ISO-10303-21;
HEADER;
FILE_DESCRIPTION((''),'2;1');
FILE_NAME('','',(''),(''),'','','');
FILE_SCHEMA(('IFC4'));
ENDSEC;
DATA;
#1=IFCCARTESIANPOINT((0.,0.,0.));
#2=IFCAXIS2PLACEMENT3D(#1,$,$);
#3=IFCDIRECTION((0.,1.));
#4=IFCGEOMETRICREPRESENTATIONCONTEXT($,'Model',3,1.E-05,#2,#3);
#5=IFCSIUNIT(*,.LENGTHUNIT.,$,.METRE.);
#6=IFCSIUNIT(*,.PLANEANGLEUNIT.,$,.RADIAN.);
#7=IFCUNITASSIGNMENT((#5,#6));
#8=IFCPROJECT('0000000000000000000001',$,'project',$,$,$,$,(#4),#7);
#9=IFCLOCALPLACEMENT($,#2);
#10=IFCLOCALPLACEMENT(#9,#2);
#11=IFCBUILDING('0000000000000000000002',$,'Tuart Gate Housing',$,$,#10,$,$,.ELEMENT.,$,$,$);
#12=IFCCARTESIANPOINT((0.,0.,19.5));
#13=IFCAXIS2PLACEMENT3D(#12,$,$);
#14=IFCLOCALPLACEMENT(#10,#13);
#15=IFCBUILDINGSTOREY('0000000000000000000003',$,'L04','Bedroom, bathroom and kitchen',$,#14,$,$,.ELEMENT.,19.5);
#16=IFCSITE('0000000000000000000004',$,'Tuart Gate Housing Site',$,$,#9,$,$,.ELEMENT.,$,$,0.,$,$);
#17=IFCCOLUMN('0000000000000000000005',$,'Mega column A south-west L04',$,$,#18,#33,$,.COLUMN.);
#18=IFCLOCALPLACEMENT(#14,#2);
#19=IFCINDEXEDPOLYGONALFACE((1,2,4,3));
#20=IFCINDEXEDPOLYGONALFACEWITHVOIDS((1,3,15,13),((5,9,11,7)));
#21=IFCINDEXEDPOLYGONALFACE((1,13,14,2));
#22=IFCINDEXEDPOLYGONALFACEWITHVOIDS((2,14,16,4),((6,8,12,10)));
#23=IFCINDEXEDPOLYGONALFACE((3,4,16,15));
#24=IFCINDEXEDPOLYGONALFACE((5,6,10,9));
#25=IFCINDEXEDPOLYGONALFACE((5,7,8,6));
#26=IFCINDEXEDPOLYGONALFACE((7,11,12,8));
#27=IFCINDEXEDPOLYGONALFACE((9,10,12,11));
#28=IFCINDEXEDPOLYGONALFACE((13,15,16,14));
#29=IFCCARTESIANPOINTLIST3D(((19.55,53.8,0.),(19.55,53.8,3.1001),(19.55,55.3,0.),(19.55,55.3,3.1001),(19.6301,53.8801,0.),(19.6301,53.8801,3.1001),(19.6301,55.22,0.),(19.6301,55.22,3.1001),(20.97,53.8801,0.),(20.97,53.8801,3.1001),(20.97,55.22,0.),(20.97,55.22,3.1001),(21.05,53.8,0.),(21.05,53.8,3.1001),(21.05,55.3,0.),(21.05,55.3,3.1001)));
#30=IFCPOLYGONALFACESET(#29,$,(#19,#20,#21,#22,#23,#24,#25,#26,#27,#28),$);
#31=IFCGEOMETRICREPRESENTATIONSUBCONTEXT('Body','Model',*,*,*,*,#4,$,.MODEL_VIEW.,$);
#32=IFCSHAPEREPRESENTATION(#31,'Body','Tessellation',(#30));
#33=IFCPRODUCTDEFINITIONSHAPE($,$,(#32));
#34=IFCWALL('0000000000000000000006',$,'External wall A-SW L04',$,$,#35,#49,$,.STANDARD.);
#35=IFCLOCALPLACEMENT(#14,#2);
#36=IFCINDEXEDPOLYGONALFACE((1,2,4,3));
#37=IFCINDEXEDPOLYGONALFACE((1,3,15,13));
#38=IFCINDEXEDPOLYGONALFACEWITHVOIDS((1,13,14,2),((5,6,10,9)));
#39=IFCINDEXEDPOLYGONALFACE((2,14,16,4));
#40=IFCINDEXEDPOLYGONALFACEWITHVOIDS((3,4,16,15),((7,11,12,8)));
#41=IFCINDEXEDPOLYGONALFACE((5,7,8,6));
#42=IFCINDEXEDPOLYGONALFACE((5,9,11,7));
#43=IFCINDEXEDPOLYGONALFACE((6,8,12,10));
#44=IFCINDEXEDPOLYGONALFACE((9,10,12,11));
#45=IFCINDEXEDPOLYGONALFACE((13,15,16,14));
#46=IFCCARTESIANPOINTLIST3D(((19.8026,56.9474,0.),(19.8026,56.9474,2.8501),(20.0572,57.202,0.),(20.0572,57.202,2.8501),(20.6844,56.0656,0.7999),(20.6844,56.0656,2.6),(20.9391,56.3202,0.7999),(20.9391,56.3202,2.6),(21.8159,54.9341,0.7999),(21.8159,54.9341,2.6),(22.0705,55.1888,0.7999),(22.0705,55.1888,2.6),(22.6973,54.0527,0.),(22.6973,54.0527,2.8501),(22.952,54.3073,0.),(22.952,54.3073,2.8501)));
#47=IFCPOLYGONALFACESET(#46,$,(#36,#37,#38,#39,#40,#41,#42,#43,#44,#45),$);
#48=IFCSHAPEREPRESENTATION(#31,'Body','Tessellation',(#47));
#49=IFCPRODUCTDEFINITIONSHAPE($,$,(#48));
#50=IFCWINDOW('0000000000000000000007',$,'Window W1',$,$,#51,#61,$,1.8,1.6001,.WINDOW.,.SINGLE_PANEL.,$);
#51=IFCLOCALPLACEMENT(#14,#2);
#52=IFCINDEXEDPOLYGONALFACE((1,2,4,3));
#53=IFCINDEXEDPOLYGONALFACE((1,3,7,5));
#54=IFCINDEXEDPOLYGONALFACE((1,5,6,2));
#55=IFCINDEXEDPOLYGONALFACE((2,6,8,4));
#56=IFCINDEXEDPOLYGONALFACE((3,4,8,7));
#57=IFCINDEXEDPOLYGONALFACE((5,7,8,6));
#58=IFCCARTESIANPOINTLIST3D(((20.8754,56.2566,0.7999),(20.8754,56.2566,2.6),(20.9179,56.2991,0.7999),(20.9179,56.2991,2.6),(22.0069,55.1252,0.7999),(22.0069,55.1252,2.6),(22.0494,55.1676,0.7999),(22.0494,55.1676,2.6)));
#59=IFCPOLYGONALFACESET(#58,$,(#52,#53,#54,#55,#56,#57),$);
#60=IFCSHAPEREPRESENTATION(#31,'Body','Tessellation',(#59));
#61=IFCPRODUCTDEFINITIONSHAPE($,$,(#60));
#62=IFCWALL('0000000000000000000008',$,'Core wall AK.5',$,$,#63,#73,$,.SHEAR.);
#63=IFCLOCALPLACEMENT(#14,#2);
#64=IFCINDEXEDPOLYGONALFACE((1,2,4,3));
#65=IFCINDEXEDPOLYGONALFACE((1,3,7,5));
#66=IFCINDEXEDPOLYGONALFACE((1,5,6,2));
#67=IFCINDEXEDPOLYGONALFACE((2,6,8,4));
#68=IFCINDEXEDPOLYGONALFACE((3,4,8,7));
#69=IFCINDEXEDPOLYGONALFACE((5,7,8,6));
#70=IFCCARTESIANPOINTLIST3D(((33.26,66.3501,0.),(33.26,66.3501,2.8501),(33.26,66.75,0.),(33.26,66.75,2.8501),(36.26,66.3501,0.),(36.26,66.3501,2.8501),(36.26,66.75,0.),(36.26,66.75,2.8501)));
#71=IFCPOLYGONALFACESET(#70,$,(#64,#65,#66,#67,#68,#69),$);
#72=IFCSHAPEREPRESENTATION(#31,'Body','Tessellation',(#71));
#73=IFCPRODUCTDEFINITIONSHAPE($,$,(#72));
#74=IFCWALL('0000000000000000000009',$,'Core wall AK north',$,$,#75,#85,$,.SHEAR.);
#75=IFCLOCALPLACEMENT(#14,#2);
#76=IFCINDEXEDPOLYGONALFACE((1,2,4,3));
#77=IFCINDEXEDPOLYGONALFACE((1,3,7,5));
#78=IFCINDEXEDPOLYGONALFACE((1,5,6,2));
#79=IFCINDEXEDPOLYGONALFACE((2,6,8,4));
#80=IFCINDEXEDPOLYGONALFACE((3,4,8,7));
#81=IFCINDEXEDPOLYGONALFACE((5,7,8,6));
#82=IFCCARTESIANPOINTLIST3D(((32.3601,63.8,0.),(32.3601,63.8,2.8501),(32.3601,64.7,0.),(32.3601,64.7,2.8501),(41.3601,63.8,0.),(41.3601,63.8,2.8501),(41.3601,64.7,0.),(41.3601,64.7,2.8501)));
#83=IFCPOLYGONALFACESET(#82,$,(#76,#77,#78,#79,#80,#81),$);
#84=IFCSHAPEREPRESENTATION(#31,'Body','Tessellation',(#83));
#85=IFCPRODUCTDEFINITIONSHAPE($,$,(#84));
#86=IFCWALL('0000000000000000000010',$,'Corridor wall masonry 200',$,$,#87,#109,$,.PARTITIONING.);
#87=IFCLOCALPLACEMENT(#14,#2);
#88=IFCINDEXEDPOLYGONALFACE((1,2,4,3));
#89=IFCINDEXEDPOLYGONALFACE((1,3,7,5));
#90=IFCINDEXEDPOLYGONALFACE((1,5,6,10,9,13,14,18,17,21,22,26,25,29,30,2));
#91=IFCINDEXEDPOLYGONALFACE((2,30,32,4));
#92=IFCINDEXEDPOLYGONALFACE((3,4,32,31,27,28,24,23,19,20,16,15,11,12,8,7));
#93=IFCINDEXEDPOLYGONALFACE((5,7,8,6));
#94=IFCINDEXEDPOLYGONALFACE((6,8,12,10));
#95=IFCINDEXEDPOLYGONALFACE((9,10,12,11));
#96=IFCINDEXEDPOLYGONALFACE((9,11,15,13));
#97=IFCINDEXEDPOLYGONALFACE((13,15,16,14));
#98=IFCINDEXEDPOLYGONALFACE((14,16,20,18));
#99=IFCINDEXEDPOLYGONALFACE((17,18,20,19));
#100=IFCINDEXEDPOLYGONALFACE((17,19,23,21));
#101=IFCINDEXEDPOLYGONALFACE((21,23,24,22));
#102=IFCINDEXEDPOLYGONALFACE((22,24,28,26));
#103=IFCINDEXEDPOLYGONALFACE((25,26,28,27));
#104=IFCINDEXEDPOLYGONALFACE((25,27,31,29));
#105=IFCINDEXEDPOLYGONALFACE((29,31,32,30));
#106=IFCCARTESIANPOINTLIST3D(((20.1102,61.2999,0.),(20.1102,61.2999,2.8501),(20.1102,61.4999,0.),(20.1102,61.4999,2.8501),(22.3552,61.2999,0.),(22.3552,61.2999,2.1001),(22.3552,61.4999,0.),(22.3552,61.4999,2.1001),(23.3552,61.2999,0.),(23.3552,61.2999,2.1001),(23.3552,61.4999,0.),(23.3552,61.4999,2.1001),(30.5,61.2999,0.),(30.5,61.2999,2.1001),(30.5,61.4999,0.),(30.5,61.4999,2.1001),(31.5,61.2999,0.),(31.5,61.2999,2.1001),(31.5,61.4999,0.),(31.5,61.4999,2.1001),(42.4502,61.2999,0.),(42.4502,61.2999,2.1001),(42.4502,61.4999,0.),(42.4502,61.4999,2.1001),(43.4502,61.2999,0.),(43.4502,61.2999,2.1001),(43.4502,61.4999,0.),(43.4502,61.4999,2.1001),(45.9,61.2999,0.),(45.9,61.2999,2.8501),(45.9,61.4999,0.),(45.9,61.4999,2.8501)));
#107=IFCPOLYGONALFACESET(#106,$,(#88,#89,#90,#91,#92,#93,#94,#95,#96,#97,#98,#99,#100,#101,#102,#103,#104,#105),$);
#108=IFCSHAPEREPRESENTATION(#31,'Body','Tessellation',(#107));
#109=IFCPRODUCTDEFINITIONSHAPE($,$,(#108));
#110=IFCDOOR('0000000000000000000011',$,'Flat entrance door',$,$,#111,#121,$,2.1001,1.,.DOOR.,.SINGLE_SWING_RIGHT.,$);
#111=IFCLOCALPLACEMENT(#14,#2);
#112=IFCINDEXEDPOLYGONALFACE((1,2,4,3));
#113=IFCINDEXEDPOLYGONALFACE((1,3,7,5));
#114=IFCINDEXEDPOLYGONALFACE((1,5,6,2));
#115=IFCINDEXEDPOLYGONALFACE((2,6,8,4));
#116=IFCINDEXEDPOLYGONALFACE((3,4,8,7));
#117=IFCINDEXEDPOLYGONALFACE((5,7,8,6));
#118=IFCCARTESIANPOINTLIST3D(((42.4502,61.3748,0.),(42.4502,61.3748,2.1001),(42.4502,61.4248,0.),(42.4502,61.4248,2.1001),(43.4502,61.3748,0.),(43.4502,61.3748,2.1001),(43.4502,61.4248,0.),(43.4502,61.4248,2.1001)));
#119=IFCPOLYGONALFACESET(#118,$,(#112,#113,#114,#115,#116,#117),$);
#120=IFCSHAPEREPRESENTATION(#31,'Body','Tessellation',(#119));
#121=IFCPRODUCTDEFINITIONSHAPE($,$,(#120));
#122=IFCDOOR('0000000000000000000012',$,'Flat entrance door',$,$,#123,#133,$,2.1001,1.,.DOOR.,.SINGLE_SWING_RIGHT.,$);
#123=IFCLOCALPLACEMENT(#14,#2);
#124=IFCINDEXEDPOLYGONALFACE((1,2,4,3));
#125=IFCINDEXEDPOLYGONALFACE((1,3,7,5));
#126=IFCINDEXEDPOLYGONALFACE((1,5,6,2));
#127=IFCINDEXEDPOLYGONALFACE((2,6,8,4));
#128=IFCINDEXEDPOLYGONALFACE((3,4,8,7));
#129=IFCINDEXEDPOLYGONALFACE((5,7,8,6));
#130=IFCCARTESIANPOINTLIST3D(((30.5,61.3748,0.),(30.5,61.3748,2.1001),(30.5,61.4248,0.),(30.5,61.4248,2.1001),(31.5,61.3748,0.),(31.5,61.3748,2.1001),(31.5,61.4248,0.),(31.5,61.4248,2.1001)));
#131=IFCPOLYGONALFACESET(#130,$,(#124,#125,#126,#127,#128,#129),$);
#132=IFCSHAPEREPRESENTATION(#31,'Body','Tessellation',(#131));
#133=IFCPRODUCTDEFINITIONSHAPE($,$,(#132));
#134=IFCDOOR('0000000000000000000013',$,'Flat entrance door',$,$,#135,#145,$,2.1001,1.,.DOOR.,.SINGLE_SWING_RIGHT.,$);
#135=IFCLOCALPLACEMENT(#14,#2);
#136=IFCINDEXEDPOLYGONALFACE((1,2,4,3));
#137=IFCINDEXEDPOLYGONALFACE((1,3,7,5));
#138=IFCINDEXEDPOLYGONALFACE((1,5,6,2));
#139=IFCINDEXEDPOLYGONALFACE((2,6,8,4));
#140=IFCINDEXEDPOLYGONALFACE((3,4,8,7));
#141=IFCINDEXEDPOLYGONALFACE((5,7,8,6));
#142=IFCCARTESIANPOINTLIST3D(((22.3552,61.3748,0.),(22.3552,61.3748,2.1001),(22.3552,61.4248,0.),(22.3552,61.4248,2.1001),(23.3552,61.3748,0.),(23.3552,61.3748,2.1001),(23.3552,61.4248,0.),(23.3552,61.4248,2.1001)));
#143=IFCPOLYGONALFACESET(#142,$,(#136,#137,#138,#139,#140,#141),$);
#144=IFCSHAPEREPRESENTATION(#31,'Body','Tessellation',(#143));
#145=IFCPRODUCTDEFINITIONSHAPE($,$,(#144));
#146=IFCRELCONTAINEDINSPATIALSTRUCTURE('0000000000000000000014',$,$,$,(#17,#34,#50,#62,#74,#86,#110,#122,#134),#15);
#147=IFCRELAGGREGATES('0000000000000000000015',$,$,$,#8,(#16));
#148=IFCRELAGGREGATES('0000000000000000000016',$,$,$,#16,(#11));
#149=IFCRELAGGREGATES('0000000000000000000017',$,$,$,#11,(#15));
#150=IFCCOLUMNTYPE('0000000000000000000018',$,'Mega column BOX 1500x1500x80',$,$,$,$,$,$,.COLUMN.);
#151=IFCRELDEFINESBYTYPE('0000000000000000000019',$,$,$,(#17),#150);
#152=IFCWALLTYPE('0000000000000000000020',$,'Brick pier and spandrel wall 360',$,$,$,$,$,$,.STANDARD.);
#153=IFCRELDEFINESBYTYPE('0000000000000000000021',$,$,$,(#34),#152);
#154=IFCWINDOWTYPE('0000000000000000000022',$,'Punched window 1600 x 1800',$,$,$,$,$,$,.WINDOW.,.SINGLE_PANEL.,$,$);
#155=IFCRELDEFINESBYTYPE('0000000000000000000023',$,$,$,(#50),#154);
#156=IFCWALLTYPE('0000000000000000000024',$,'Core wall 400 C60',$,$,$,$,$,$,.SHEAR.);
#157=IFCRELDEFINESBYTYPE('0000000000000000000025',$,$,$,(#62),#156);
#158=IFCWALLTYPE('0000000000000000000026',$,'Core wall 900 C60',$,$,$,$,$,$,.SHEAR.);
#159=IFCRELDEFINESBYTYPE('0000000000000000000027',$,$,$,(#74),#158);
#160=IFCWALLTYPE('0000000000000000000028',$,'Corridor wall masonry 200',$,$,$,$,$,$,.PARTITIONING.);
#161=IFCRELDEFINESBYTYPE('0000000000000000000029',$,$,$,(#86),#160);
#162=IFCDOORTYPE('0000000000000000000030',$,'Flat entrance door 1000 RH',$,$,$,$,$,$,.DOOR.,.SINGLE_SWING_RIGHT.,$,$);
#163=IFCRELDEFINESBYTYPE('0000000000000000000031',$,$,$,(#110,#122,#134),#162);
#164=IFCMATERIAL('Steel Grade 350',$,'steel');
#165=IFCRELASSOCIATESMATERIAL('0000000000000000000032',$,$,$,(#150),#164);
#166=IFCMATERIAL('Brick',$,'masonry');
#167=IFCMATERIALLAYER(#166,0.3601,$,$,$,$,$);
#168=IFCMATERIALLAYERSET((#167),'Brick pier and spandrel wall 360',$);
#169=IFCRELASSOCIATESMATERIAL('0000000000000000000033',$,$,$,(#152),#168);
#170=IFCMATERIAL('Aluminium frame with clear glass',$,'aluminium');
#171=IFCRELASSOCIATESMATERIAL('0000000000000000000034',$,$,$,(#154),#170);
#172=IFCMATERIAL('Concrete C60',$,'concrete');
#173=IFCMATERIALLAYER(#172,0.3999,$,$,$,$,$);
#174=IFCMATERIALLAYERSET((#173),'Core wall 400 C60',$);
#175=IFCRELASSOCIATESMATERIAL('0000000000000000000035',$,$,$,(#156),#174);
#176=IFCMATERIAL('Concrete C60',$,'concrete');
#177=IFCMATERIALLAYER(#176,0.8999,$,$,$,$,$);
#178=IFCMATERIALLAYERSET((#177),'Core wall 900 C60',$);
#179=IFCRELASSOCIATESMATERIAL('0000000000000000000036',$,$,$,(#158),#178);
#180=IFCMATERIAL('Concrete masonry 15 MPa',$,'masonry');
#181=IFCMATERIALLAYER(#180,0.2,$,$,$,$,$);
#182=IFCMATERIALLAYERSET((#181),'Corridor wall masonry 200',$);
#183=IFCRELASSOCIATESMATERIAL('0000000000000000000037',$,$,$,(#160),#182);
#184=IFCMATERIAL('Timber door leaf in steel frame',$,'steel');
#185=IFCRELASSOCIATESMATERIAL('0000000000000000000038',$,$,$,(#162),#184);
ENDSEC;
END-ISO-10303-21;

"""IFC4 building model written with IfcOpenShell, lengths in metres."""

from ifc_helpers import new_model, si_unit, direction, frame, frame_2d, origin, origin_2d, place, context, subcontext, project, spatial, rectangle, hollow_rectangle, extrude, material, layer, layer_set, material_profile, profile_set, type_object, element, fill, save


model = new_model("IFC4")

# Units and contexts
model_context = context("Model", 3, precision=1e-05, world=origin(), true_north=direction((0.0, 1.0)))
body_context = subcontext(model_context, "Body", "Model", "MODEL_VIEW")
ifc_project = project(units=[si_unit("LENGTHUNIT", "METRE"), si_unit("PLANEANGLEUNIT", "RADIAN")], contexts=[model_context])

# Site, building, storey
site_placement = place(None, origin())
site = spatial("IfcSite", under=ifc_project, at=site_placement, Name="Tuart Gate Housing Site", CompositionType="ELEMENT", RefElevation=0.0)
building_placement = place(site_placement, origin())
building = spatial("IfcBuilding", under=site, at=building_placement, Name="Tuart Gate Housing", CompositionType="ELEMENT")
storey_placement = place(building_placement, frame((0.0, 0.0, 19.5)))
storey = spatial("IfcBuildingStorey", under=building, at=storey_placement, Name="L04", Description="Bedroom, bathroom and kitchen", CompositionType="ELEMENT", Elevation=19.5)

# Column
ifc_material_1 = material(Name="Steel Grade 350", Category="steel")
ifc_material_profile = material_profile(ifc_material_1, hollow_rectangle(XDim=1.5, YDim=1.5, WallThickness=0.0801, at=origin_2d()), Name="BOX 1500x1500x80")
ifc_profile_set = profile_set([ifc_material_profile], Name="Steel Grade 350")
column_type = type_object("IfcColumnType", Name="Mega column BOX 1500x1500x80", PredefinedType="COLUMN", material=ifc_profile_set)
column_placement = place(storey_placement, frame((20.3, 54.55, 0.0), z_axis=(0.0, 0.0, 1.0), x_axis=(1.0, 0.0, 0.0)))
element("IfcColumn", 1, at=column_placement, inside=storey, type_object=column_type, Name="Mega column A south-west L04", PredefinedType="COLUMN", context=body_context, shape_type="SweptSolid", body=[
    extrude(hollow_rectangle(XDim=1.5, YDim=1.5, WallThickness=0.0801, at=origin_2d()), origin(), (0.0, 0.0, 1.0), 3.1001),
])

# Wall, opening, window
ifc_material_2 = material(Name="Brick", Category="masonry")
ifc_layer_1 = layer(ifc_material_2, 0.3601)
ifc_layer_set_1 = layer_set([ifc_layer_1], Name="Brick pier and spandrel wall 360")
wall_type_1 = type_object("IfcWallType", Name="Brick pier and spandrel wall 360", PredefinedType="STANDARD", material=ifc_layer_set_1)
wall_1_placement = place(storey_placement, frame((19.9299, 57.0747, 0.0), z_axis=(0.0, 0.0, 1.0), x_axis=(0.707107, -0.707107, 0.0)))
wall_1 = element("IfcWall", 2, at=wall_1_placement, inside=storey, type_object=wall_type_1, Name="External wall A-SW L04", PredefinedType="STANDARD", context=body_context, shape_type="SweptSolid", body=[
    extrude(rectangle(XDim=4.0938, YDim=0.3601, at=frame_2d((2.0469, 0.0))), origin(), (0.0, 0.0, 1.0), 2.8501),
])
opening_1_placement = place(wall_1_placement, frame((1.2471, 0.0, 0.8)))
opening_1 = element("IfcOpeningElement", 3, at=opening_1_placement, cuts=wall_1, PredefinedType="OPENING", context=body_context, shape_type="SweptSolid", body=[
    extrude(rectangle(XDim=1.6001, YDim=1.8, at=frame_2d((0.8, 0.8999))), frame((0.0, 0.1899, 0.0), z_axis=(0.0, -1.0, 0.0), x_axis=(1.0, 0.0, 0.0)), (0.0, 0.0, 1.0), 0.3801),
])
ifc_material_3 = material(Name="Aluminium frame with clear glass", Category="aluminium")
window_type = type_object("IfcWindowType", Name="Punched window 1600 x 1800", PartitioningType="SINGLE_PANEL", PredefinedType="WINDOW", material=ifc_material_3)
window_placement = place(opening_1_placement, origin())
window = element("IfcWindow", 4, at=window_placement, inside=storey, type_object=window_type, Name="Window W1", OverallHeight=1.8, OverallWidth=1.6001, PartitioningType="SINGLE_PANEL", PredefinedType="WINDOW", context=body_context, shape_type="SweptSolid", body=[
    extrude(rectangle(XDim=1.6001, YDim=1.8, at=frame_2d((0.8, 0.8999))), frame((0.0, 0.1501, 0.0), z_axis=(0.0, -1.0, 0.0), x_axis=(1.0, 0.0, 0.0)), (0.0, 0.0, 1.0), 0.0601),
])
fill(opening_1, window)

# Walls
ifc_material_4 = material(Name="Concrete C60", Category="concrete")
ifc_layer_2 = layer(ifc_material_4, 0.3999)
ifc_layer_set_2 = layer_set([ifc_layer_2], Name="Core wall 400 C60")
wall_type_2 = type_object("IfcWallType", Name="Core wall 400 C60", PredefinedType="SHEAR", material=ifc_layer_set_2)
wall_2_placement = place(storey_placement, frame((36.26, 66.55, 0.0), z_axis=(0.0, 0.0, 1.0), x_axis=(-1.0, 0.0, 0.0)))
element("IfcWall", 5, at=wall_2_placement, inside=storey, type_object=wall_type_2, Name="Core wall AK.5", PredefinedType="SHEAR", context=body_context, shape_type="SweptSolid", body=[
    extrude(rectangle(XDim=3.0, YDim=0.3999, at=frame_2d((1.5, 0.0))), origin(), (0.0, 0.0, 1.0), 2.8501),
])
ifc_material_5 = material(Name="Concrete C60", Category="concrete")
ifc_layer_3 = layer(ifc_material_5, 0.8999)
ifc_layer_set_3 = layer_set([ifc_layer_3], Name="Core wall 900 C60")
wall_type_3 = type_object("IfcWallType", Name="Core wall 900 C60", PredefinedType="SHEAR", material=ifc_layer_set_3)
wall_3_placement = place(storey_placement, frame((41.3601, 64.25, 0.0), z_axis=(0.0, 0.0, 1.0), x_axis=(-1.0, 0.0, 0.0)))
element("IfcWall", 6, at=wall_3_placement, inside=storey, type_object=wall_type_3, Name="Core wall AK north", PredefinedType="SHEAR", context=body_context, shape_type="SweptSolid", body=[
    extrude(rectangle(XDim=9.0, YDim=0.8999, at=frame_2d((4.5, 0.0))), origin(), (0.0, 0.0, 1.0), 2.8501),
])

# Wall, openings, doors
ifc_material_6 = material(Name="Concrete masonry 15 MPa", Category="masonry")
ifc_layer_4 = layer(ifc_material_6, 0.2)
ifc_layer_set_4 = layer_set([ifc_layer_4], Name="Corridor wall masonry 200")
wall_type_4 = type_object("IfcWallType", Name="Corridor wall masonry 200", PredefinedType="PARTITIONING", material=ifc_layer_set_4)
wall_4_placement = place(storey_placement, frame((20.1101, 61.3999, 0.0), z_axis=(0.0, 0.0, 1.0), x_axis=(1.0, 0.0, 0.0)))
wall_4 = element("IfcWall", 7, at=wall_4_placement, inside=storey, type_object=wall_type_4, Name="Corridor wall masonry 200", PredefinedType="PARTITIONING", context=body_context, shape_type="SweptSolid", body=[
    extrude(rectangle(XDim=25.7898, YDim=0.2, at=frame_2d((12.895, 0.0))), origin(), (0.0, 0.0, 1.0), 2.8501),
])
opening_2_placement = place(wall_4_placement, frame((22.3401, 0.0, 0.0)))
opening_2 = element("IfcOpeningElement", 8, at=opening_2_placement, cuts=wall_4, PredefinedType="OPENING", context=body_context, shape_type="SweptSolid", body=[
    extrude(rectangle(XDim=1.0, YDim=2.1001, at=frame_2d((0.5, 1.05))), frame((0.0, 0.1099, 0.0), z_axis=(0.0, -1.0, 0.0), x_axis=(1.0, 0.0, 0.0)), (0.0, 0.0, 1.0), 0.22),
])
opening_3_placement = place(wall_4_placement, frame((10.3899, 0.0, 0.0)))
opening_3 = element("IfcOpeningElement", 9, at=opening_3_placement, cuts=wall_4, PredefinedType="OPENING", context=body_context, shape_type="SweptSolid", body=[
    extrude(rectangle(XDim=1.0, YDim=2.1001, at=frame_2d((0.5, 1.05))), frame((0.0, 0.1099, 0.0), z_axis=(0.0, -1.0, 0.0), x_axis=(1.0, 0.0, 0.0)), (0.0, 0.0, 1.0), 0.22),
])
opening_4_placement = place(wall_4_placement, frame((2.2451, 0.0, 0.0)))
opening_4 = element("IfcOpeningElement", 10, at=opening_4_placement, cuts=wall_4, PredefinedType="OPENING", context=body_context, shape_type="SweptSolid", body=[
    extrude(rectangle(XDim=1.0, YDim=2.1001, at=frame_2d((0.5, 1.05))), frame((0.0, 0.1099, 0.0), z_axis=(0.0, -1.0, 0.0), x_axis=(1.0, 0.0, 0.0)), (0.0, 0.0, 1.0), 0.22),
])
ifc_material_7 = material(Name="Timber door leaf in steel frame", Category="steel")
door_type_1 = type_object("IfcDoorType", Name="Flat entrance door 1000 RH", OperationType="SINGLE_SWING_RIGHT", PredefinedType="DOOR", material=ifc_material_7)
door_1_placement = place(opening_2_placement, frame((1.0, 0.0, 0.0), z_axis=(0.0, 0.0, 1.0), x_axis=(-1.0, 0.0, 0.0)))
door_1 = element("IfcDoor", 11, at=door_1_placement, inside=storey, type_object=door_type_1, Name="Flat entrance door", OperationType="SINGLE_SWING_RIGHT", OverallHeight=2.1001, OverallWidth=1.0, PredefinedType="DOOR", context=body_context, shape_type="SweptSolid", body=[
    extrude(rectangle(XDim=1.0, YDim=2.1001, at=frame_2d((0.5, 1.05))), frame((0.0, 0.0251, 0.0), z_axis=(0.0, -1.0, 0.0), x_axis=(1.0, 0.0, 0.0)), (0.0, 0.0, 1.0), 0.05),
])
fill(opening_2, door_1)
door_2_placement = place(opening_3_placement, frame((1.0, 0.0, 0.0), z_axis=(0.0, 0.0, 1.0), x_axis=(-1.0, 0.0, 0.0)))
door_2 = element("IfcDoor", 12, at=door_2_placement, inside=storey, type_object=door_type_1, Name="Flat entrance door", OperationType="SINGLE_SWING_RIGHT", OverallHeight=2.1001, OverallWidth=1.0, PredefinedType="DOOR", context=body_context, shape_type="SweptSolid", body=[
    extrude(rectangle(XDim=1.0, YDim=2.1001, at=frame_2d((0.5, 1.05))), frame((0.0, 0.0251, 0.0), z_axis=(0.0, -1.0, 0.0), x_axis=(1.0, 0.0, 0.0)), (0.0, 0.0, 1.0), 0.05),
])
fill(opening_3, door_2)
door_3_placement = place(opening_4_placement, frame((1.0, 0.0, 0.0), z_axis=(0.0, 0.0, 1.0), x_axis=(-1.0, 0.0, 0.0)))
door_3 = element("IfcDoor", 13, at=door_3_placement, inside=storey, type_object=door_type_1, Name="Flat entrance door", OperationType="SINGLE_SWING_RIGHT", OverallHeight=2.1001, OverallWidth=1.0, PredefinedType="DOOR", context=body_context, shape_type="SweptSolid", body=[
    extrude(rectangle(XDim=1.0, YDim=2.1001, at=frame_2d((0.5, 1.05))), frame((0.0, 0.0251, 0.0), z_axis=(0.0, -1.0, 0.0), x_axis=(1.0, 0.0, 0.0)), (0.0, 0.0, 1.0), 0.05),
])
fill(opening_4, door_3)

save(model, "model.ifc")
